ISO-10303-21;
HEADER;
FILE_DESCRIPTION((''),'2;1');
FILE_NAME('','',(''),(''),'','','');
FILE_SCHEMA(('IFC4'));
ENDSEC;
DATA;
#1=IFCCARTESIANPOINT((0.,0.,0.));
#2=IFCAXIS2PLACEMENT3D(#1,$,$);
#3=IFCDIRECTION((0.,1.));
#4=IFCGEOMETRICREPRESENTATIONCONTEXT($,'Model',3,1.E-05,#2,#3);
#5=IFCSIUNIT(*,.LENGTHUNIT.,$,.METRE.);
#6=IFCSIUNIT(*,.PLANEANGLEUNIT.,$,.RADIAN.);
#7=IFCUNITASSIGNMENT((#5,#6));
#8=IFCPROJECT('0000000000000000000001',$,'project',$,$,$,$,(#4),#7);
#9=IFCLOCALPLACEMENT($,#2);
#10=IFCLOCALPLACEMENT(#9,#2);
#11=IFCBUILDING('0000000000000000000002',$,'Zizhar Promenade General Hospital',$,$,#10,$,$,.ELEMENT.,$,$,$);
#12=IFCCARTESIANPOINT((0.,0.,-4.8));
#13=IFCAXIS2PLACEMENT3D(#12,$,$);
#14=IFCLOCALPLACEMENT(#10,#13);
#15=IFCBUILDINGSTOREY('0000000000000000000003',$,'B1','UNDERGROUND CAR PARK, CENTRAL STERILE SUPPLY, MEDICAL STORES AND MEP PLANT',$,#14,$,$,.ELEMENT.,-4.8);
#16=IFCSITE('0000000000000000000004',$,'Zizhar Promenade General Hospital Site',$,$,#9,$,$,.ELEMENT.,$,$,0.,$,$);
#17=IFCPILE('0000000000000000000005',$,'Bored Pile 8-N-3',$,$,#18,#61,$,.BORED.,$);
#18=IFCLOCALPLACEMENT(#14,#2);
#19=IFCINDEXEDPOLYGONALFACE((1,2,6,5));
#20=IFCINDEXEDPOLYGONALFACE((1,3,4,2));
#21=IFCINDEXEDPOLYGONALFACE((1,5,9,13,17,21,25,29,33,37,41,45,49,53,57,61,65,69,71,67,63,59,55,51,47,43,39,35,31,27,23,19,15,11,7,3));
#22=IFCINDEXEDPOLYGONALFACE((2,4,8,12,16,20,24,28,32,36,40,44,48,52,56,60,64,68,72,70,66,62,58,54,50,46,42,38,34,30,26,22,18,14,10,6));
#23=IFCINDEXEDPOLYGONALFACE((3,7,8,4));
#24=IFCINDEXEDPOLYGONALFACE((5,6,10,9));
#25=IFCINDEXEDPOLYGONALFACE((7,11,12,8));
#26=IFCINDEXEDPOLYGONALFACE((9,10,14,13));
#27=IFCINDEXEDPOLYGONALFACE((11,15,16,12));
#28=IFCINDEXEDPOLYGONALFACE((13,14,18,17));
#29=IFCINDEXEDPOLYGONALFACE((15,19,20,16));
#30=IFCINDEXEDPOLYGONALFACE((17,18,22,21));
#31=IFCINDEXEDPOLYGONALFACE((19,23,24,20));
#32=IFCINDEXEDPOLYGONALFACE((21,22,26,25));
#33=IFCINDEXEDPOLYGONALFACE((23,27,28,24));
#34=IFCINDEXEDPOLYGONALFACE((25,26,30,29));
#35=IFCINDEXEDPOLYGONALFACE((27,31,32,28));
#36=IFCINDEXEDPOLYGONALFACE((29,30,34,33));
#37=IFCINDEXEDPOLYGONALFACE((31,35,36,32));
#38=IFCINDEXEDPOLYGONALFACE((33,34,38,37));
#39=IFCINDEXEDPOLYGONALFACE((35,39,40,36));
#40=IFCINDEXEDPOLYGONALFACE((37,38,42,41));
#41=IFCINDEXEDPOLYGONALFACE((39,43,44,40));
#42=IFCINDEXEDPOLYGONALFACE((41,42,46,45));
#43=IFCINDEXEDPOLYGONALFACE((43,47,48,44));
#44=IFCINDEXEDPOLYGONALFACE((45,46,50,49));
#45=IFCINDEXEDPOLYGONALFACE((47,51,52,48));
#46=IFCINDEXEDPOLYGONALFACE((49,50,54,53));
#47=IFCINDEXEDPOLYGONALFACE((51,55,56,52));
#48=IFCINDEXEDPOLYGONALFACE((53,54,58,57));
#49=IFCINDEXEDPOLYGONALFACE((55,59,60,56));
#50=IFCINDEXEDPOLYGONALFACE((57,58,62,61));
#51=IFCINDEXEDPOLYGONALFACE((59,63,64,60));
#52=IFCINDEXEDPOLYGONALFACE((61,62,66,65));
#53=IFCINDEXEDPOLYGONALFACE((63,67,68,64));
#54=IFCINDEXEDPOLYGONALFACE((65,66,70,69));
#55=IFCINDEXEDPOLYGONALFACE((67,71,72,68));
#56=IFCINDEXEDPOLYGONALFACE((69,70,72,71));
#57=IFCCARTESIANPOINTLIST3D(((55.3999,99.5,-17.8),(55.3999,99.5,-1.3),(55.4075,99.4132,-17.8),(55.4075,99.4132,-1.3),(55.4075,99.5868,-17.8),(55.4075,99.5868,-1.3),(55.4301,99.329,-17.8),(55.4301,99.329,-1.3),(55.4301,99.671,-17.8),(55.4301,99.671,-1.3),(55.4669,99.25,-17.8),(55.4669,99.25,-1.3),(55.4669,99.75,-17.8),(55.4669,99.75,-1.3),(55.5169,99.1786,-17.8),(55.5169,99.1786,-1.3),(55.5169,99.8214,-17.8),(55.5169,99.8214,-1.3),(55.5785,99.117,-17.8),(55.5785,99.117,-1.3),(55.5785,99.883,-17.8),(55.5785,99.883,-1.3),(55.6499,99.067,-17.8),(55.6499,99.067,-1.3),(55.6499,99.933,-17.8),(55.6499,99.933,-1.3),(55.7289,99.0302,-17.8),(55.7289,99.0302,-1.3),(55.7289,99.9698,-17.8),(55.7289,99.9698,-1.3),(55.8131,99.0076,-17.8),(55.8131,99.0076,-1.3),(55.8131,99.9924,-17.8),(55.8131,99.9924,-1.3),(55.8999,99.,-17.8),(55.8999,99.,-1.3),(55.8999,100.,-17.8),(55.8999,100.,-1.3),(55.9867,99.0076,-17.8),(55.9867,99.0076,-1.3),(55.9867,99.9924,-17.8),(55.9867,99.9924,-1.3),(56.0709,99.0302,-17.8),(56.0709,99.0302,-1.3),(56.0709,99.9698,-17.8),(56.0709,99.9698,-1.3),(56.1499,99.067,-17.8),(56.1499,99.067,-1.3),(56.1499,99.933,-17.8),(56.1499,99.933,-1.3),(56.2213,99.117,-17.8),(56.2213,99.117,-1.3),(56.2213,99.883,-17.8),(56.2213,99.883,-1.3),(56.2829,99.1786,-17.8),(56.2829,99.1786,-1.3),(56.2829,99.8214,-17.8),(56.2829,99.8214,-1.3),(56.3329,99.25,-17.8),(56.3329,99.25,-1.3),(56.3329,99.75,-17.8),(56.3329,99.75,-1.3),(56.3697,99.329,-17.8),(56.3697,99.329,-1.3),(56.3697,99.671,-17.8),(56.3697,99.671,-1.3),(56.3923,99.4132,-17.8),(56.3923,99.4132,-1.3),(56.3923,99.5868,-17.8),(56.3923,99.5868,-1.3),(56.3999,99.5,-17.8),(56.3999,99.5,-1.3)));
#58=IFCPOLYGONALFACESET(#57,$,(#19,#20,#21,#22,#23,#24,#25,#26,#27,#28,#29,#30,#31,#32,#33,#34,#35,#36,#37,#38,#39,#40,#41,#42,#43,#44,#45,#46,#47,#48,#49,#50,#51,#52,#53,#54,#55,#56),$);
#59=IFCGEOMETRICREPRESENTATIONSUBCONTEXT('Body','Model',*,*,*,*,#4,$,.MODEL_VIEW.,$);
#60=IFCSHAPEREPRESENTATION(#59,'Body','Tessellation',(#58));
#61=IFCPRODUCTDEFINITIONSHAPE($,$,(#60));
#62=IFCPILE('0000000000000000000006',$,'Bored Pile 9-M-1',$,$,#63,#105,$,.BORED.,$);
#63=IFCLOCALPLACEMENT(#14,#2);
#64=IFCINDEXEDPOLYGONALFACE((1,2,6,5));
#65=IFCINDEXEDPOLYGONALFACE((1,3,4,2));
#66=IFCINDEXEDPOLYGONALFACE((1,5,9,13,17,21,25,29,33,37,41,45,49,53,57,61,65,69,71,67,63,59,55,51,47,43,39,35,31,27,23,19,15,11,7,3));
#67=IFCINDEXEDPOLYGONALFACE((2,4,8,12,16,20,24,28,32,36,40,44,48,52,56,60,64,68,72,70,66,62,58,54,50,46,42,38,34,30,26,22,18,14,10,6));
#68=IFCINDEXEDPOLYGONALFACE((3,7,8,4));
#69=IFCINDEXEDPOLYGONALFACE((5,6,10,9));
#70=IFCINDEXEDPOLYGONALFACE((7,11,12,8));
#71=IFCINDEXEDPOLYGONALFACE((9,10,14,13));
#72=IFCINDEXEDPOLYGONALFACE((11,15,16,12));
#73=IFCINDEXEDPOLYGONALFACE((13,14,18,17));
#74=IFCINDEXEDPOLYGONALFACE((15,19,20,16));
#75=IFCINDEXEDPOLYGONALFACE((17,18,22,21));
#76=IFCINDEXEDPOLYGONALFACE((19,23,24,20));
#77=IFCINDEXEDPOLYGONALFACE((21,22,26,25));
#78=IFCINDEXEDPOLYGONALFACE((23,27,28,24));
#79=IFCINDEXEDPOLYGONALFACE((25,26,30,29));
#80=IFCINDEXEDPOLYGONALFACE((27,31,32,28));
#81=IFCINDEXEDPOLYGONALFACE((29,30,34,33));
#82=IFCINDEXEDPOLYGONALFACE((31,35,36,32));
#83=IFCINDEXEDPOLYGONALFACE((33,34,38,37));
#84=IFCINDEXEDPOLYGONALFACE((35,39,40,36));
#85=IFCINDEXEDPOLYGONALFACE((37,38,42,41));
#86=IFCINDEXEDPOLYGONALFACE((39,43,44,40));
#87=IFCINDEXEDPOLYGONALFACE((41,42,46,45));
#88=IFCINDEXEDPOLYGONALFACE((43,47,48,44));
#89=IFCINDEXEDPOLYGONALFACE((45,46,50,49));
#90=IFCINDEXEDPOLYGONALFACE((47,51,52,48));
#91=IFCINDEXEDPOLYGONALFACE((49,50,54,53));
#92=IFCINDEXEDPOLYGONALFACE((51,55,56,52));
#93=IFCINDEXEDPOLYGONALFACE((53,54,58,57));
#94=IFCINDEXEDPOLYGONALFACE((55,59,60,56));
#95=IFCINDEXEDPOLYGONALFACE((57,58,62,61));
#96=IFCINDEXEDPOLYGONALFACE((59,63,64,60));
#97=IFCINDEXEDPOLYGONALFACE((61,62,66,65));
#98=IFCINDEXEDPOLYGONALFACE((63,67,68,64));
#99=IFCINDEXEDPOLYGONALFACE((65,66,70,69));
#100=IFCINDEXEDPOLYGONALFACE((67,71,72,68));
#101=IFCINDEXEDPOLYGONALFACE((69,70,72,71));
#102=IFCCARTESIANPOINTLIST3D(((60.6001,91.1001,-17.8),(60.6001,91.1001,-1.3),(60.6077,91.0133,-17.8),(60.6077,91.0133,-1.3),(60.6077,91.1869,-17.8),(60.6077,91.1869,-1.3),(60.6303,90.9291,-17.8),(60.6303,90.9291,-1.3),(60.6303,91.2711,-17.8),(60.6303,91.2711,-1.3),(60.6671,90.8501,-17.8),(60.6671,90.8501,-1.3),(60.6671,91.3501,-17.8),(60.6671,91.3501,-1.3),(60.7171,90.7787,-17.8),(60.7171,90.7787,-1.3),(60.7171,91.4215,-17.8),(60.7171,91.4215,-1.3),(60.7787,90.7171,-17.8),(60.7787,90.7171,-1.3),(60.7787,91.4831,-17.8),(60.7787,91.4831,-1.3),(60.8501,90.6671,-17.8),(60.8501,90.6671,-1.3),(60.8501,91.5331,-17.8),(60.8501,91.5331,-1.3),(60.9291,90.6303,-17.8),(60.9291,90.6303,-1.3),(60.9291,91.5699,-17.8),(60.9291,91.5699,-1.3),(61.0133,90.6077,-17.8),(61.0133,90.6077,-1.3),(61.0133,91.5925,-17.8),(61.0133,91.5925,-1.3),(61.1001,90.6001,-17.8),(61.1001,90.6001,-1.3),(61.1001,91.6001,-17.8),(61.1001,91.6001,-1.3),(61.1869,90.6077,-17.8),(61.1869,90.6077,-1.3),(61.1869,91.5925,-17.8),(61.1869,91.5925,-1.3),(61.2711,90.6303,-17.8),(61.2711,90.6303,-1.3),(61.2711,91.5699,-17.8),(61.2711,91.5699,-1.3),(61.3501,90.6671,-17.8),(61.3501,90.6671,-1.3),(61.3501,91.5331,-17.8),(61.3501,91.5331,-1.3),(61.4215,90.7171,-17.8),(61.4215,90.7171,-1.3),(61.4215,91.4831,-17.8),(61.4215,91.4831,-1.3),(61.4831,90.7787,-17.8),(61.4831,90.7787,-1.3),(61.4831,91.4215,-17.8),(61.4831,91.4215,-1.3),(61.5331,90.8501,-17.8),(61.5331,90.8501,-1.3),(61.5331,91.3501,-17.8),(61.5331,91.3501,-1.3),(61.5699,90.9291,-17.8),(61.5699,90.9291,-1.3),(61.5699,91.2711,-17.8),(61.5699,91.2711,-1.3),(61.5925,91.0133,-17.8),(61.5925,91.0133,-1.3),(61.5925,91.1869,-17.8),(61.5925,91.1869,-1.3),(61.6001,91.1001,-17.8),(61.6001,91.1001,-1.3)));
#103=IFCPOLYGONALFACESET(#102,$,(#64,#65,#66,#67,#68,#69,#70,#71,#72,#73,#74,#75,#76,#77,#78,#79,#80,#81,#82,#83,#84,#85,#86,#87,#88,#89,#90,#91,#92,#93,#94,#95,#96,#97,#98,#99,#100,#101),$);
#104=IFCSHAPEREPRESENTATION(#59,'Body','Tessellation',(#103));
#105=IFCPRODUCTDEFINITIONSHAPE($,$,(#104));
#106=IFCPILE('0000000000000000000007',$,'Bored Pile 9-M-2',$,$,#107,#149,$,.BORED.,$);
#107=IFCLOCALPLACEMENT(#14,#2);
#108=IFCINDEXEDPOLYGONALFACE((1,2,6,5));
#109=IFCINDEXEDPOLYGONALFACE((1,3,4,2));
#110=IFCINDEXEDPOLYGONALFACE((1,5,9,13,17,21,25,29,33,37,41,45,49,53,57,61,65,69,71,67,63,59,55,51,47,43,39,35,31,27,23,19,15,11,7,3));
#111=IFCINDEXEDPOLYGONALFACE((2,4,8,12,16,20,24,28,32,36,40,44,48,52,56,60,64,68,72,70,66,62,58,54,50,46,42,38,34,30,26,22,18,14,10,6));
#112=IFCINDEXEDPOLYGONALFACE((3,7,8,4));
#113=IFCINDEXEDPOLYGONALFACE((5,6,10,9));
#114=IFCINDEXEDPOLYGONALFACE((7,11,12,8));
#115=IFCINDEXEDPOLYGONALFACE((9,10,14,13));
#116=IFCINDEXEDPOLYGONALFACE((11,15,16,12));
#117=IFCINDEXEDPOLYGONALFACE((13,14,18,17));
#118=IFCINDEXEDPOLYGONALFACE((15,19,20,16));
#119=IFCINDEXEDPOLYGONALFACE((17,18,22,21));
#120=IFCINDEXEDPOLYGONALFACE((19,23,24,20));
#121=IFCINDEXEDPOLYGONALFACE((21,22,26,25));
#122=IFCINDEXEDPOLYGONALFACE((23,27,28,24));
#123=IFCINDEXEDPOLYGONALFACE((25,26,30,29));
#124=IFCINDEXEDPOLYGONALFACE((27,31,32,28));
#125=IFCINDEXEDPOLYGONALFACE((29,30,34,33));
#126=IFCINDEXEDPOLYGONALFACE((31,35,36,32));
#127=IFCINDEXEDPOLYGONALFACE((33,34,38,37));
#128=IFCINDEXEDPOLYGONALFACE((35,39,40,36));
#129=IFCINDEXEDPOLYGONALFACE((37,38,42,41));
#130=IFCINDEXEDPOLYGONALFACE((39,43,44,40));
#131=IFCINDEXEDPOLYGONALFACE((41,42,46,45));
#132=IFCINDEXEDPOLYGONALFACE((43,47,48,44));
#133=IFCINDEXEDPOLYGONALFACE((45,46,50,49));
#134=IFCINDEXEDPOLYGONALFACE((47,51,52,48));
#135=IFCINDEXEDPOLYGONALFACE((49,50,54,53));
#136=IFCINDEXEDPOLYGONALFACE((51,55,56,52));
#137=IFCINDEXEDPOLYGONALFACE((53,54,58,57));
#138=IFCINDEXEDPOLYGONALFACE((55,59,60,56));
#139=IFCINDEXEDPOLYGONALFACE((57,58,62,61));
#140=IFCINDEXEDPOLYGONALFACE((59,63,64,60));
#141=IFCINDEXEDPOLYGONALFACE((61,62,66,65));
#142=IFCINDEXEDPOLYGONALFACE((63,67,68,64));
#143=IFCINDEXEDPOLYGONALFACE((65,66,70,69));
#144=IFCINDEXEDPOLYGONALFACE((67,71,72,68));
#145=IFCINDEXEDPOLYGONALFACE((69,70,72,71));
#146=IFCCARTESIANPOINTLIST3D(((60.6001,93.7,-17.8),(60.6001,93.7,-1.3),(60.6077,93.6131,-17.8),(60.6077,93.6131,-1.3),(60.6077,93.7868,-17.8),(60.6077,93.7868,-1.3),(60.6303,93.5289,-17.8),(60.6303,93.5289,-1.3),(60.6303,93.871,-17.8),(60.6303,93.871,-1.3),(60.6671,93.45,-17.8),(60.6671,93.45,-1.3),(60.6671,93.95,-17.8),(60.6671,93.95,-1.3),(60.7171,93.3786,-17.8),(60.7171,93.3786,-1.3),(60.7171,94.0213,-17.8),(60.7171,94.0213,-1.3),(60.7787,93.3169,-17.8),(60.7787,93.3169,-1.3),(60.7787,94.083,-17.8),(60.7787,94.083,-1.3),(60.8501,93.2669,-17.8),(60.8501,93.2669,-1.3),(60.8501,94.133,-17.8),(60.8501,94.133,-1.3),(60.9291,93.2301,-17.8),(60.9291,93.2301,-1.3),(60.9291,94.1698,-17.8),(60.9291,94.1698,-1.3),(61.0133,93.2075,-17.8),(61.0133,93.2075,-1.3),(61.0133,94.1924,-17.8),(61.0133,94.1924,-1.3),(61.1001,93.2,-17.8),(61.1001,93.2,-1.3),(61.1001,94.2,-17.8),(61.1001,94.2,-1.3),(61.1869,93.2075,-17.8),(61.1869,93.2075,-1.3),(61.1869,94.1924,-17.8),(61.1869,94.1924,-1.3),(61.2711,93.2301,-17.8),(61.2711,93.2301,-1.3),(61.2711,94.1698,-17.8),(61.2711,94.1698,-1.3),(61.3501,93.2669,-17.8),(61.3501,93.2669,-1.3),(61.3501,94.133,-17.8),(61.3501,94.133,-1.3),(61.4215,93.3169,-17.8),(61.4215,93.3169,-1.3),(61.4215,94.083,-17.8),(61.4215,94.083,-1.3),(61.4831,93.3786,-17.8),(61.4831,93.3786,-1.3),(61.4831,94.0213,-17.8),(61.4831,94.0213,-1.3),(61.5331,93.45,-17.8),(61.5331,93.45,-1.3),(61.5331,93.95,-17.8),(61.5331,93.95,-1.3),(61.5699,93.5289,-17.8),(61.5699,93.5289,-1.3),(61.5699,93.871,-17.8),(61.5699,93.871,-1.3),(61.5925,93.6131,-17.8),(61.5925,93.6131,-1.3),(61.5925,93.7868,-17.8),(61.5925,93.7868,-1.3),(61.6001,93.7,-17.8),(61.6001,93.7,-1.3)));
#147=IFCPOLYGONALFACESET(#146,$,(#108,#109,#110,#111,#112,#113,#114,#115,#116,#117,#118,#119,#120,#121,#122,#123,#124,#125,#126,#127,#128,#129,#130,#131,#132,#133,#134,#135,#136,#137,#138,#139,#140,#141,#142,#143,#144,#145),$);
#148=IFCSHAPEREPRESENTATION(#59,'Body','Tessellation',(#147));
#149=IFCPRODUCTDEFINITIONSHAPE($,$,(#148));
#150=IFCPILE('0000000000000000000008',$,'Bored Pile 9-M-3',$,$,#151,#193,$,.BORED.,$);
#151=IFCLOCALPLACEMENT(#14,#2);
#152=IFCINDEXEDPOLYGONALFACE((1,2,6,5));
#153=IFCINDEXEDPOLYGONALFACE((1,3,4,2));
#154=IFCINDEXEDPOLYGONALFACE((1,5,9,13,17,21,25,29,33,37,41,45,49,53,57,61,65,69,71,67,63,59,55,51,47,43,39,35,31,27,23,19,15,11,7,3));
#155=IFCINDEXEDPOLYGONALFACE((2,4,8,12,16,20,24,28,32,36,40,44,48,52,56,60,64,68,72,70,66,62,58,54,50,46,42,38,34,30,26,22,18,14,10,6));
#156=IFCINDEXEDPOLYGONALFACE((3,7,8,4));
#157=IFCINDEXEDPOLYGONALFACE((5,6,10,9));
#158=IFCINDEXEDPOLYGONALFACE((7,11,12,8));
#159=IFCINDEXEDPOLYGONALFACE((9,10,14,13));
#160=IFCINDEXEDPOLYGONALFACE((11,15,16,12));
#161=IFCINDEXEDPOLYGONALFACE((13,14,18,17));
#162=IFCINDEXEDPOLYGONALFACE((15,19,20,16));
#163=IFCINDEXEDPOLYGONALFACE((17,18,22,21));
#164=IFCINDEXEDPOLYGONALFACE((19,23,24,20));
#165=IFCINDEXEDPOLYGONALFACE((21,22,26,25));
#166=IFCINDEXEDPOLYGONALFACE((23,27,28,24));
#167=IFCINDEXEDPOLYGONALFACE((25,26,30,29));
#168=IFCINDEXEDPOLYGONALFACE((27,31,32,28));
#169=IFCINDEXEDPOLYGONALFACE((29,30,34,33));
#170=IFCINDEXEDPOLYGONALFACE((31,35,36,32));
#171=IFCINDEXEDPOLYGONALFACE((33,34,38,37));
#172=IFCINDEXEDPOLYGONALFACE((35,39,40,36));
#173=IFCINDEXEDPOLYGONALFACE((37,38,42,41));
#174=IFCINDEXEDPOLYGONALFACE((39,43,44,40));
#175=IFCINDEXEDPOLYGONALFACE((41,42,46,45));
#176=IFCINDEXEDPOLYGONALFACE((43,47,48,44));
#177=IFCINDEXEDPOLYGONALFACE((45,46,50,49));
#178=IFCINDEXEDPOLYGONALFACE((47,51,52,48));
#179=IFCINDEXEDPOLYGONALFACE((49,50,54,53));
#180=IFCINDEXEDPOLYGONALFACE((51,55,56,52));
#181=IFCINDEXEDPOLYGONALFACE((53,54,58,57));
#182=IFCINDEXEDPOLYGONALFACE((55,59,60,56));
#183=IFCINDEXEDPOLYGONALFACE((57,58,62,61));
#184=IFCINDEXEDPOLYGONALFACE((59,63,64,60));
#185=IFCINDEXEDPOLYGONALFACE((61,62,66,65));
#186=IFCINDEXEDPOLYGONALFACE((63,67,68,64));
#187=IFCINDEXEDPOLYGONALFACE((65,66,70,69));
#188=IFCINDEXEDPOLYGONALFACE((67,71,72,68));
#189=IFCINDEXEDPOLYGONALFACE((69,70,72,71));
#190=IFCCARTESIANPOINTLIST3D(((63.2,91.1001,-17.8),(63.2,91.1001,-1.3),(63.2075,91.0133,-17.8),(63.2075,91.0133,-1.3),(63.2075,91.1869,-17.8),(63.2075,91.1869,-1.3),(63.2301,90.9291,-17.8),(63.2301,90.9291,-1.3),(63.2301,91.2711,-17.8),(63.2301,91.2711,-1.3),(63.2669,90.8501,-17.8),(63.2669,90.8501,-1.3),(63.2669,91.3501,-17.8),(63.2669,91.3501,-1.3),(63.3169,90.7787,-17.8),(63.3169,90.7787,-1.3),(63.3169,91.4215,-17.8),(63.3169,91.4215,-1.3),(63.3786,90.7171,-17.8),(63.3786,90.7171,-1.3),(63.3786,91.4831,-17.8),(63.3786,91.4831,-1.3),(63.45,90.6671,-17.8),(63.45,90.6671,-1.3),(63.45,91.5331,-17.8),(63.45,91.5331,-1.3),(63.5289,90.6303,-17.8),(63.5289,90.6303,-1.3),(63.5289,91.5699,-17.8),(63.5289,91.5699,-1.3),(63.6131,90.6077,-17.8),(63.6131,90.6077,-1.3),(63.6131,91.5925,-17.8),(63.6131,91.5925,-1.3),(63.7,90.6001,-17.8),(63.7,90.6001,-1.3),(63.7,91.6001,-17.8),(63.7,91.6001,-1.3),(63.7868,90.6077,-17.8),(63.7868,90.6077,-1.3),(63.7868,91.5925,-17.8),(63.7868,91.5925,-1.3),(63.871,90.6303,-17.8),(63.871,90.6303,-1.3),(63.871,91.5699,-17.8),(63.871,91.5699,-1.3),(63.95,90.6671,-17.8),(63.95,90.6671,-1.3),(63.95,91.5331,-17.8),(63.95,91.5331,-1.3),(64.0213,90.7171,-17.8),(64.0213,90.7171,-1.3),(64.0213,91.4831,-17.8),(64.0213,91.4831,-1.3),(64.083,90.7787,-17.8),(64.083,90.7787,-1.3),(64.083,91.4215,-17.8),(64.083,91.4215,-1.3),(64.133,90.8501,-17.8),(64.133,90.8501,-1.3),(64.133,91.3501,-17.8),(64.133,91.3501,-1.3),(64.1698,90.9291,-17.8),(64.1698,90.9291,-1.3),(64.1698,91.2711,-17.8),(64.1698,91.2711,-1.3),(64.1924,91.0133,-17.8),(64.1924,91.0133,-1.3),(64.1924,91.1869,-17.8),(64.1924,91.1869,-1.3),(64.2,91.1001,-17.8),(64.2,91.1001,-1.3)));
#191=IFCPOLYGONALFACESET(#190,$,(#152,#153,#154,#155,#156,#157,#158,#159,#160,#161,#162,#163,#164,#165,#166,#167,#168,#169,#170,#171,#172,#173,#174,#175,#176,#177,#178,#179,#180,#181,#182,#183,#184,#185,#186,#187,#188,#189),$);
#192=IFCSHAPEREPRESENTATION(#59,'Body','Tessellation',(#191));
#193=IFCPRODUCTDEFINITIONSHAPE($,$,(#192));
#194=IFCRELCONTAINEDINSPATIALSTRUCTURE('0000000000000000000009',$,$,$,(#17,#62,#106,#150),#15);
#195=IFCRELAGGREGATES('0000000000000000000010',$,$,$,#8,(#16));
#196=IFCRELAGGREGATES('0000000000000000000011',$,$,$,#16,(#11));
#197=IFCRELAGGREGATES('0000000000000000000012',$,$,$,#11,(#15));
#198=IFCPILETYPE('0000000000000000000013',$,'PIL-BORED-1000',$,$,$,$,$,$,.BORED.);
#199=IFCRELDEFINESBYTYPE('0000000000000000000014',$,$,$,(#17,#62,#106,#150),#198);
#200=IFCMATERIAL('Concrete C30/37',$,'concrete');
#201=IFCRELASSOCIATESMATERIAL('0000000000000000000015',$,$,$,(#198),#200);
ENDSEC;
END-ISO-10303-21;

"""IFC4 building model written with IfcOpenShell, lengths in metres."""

from ifc_helpers import new_model, si_unit, direction, frame, origin, origin_2d, place, context, subcontext, project, spatial, circle, extrude, material, material_profile, profile_set, type_object, element, save


model = new_model("IFC4")

# Units and contexts
model_context = context("Model", 3, precision=1e-05, world=origin(), true_north=direction((0.0, 1.0)))
body_context = subcontext(model_context, "Body", "Model", "MODEL_VIEW")
ifc_project = project(units=[si_unit("LENGTHUNIT", "METRE"), si_unit("PLANEANGLEUNIT", "RADIAN")], contexts=[model_context])

# Site, building, storey
site_placement = place(None, origin())
site = spatial("IfcSite", under=ifc_project, at=site_placement, Name="Zizhar Promenade General Hospital Site", CompositionType="ELEMENT", RefElevation=0.0)
building_placement = place(site_placement, origin())
building = spatial("IfcBuilding", under=site, at=building_placement, Name="Zizhar Promenade General Hospital", CompositionType="ELEMENT")
storey_placement = place(building_placement, frame((0.0, 0.0, -4.8)))
storey = spatial("IfcBuildingStorey", under=building, at=storey_placement, Name="B1", Description="UNDERGROUND CAR PARK, CENTRAL STERILE SUPPLY, MEDICAL STORES AND MEP PLANT", CompositionType="ELEMENT", Elevation=-4.8)

# Piles
ifc_material_1 = material(Name="Concrete C30/37", Category="concrete")
ifc_material_profile_1 = material_profile(ifc_material_1, circle(Radius=0.5, at=origin_2d()))
ifc_profile_set_1 = profile_set([ifc_material_profile_1], Name="Concrete C30/37")
pile_type = type_object("IfcPileType", Name="PIL-BORED-1000", PredefinedType="BORED", material=ifc_profile_set_1)
for number, where, z_axis, x_axis, name in (
    (1, (55.8999, 99.5, -1.3), (0.0, 0.0, -1.0), (1.0, 0.0, 0.0), "Bored Pile 8-N-3"),
    (2, (61.1001, 91.1001, -1.3), (0.0, 0.0, -1.0), (1.0, 0.0, 0.0), "Bored Pile 9-M-1"),
    (3, (61.1001, 93.7, -1.3), (0.0, 0.0, -1.0), (1.0, 0.0, 0.0), "Bored Pile 9-M-2"),
    (4, (63.7, 91.1001, -1.3), (0.0, 0.0, -1.0), (1.0, 0.0, 0.0), "Bored Pile 9-M-3"),
):
    element("IfcPile", number, at=place(storey_placement, frame(where, z_axis=z_axis, x_axis=x_axis)), inside=storey, type_object=pile_type, Name=name, PredefinedType="BORED", context=body_context, shape_type="SweptSolid", body=[
        extrude(circle(Radius=0.5, at=origin_2d()), origin(), (0.0, 0.0, 1.0), 16.5),
    ])

save(model, "model.ifc")
